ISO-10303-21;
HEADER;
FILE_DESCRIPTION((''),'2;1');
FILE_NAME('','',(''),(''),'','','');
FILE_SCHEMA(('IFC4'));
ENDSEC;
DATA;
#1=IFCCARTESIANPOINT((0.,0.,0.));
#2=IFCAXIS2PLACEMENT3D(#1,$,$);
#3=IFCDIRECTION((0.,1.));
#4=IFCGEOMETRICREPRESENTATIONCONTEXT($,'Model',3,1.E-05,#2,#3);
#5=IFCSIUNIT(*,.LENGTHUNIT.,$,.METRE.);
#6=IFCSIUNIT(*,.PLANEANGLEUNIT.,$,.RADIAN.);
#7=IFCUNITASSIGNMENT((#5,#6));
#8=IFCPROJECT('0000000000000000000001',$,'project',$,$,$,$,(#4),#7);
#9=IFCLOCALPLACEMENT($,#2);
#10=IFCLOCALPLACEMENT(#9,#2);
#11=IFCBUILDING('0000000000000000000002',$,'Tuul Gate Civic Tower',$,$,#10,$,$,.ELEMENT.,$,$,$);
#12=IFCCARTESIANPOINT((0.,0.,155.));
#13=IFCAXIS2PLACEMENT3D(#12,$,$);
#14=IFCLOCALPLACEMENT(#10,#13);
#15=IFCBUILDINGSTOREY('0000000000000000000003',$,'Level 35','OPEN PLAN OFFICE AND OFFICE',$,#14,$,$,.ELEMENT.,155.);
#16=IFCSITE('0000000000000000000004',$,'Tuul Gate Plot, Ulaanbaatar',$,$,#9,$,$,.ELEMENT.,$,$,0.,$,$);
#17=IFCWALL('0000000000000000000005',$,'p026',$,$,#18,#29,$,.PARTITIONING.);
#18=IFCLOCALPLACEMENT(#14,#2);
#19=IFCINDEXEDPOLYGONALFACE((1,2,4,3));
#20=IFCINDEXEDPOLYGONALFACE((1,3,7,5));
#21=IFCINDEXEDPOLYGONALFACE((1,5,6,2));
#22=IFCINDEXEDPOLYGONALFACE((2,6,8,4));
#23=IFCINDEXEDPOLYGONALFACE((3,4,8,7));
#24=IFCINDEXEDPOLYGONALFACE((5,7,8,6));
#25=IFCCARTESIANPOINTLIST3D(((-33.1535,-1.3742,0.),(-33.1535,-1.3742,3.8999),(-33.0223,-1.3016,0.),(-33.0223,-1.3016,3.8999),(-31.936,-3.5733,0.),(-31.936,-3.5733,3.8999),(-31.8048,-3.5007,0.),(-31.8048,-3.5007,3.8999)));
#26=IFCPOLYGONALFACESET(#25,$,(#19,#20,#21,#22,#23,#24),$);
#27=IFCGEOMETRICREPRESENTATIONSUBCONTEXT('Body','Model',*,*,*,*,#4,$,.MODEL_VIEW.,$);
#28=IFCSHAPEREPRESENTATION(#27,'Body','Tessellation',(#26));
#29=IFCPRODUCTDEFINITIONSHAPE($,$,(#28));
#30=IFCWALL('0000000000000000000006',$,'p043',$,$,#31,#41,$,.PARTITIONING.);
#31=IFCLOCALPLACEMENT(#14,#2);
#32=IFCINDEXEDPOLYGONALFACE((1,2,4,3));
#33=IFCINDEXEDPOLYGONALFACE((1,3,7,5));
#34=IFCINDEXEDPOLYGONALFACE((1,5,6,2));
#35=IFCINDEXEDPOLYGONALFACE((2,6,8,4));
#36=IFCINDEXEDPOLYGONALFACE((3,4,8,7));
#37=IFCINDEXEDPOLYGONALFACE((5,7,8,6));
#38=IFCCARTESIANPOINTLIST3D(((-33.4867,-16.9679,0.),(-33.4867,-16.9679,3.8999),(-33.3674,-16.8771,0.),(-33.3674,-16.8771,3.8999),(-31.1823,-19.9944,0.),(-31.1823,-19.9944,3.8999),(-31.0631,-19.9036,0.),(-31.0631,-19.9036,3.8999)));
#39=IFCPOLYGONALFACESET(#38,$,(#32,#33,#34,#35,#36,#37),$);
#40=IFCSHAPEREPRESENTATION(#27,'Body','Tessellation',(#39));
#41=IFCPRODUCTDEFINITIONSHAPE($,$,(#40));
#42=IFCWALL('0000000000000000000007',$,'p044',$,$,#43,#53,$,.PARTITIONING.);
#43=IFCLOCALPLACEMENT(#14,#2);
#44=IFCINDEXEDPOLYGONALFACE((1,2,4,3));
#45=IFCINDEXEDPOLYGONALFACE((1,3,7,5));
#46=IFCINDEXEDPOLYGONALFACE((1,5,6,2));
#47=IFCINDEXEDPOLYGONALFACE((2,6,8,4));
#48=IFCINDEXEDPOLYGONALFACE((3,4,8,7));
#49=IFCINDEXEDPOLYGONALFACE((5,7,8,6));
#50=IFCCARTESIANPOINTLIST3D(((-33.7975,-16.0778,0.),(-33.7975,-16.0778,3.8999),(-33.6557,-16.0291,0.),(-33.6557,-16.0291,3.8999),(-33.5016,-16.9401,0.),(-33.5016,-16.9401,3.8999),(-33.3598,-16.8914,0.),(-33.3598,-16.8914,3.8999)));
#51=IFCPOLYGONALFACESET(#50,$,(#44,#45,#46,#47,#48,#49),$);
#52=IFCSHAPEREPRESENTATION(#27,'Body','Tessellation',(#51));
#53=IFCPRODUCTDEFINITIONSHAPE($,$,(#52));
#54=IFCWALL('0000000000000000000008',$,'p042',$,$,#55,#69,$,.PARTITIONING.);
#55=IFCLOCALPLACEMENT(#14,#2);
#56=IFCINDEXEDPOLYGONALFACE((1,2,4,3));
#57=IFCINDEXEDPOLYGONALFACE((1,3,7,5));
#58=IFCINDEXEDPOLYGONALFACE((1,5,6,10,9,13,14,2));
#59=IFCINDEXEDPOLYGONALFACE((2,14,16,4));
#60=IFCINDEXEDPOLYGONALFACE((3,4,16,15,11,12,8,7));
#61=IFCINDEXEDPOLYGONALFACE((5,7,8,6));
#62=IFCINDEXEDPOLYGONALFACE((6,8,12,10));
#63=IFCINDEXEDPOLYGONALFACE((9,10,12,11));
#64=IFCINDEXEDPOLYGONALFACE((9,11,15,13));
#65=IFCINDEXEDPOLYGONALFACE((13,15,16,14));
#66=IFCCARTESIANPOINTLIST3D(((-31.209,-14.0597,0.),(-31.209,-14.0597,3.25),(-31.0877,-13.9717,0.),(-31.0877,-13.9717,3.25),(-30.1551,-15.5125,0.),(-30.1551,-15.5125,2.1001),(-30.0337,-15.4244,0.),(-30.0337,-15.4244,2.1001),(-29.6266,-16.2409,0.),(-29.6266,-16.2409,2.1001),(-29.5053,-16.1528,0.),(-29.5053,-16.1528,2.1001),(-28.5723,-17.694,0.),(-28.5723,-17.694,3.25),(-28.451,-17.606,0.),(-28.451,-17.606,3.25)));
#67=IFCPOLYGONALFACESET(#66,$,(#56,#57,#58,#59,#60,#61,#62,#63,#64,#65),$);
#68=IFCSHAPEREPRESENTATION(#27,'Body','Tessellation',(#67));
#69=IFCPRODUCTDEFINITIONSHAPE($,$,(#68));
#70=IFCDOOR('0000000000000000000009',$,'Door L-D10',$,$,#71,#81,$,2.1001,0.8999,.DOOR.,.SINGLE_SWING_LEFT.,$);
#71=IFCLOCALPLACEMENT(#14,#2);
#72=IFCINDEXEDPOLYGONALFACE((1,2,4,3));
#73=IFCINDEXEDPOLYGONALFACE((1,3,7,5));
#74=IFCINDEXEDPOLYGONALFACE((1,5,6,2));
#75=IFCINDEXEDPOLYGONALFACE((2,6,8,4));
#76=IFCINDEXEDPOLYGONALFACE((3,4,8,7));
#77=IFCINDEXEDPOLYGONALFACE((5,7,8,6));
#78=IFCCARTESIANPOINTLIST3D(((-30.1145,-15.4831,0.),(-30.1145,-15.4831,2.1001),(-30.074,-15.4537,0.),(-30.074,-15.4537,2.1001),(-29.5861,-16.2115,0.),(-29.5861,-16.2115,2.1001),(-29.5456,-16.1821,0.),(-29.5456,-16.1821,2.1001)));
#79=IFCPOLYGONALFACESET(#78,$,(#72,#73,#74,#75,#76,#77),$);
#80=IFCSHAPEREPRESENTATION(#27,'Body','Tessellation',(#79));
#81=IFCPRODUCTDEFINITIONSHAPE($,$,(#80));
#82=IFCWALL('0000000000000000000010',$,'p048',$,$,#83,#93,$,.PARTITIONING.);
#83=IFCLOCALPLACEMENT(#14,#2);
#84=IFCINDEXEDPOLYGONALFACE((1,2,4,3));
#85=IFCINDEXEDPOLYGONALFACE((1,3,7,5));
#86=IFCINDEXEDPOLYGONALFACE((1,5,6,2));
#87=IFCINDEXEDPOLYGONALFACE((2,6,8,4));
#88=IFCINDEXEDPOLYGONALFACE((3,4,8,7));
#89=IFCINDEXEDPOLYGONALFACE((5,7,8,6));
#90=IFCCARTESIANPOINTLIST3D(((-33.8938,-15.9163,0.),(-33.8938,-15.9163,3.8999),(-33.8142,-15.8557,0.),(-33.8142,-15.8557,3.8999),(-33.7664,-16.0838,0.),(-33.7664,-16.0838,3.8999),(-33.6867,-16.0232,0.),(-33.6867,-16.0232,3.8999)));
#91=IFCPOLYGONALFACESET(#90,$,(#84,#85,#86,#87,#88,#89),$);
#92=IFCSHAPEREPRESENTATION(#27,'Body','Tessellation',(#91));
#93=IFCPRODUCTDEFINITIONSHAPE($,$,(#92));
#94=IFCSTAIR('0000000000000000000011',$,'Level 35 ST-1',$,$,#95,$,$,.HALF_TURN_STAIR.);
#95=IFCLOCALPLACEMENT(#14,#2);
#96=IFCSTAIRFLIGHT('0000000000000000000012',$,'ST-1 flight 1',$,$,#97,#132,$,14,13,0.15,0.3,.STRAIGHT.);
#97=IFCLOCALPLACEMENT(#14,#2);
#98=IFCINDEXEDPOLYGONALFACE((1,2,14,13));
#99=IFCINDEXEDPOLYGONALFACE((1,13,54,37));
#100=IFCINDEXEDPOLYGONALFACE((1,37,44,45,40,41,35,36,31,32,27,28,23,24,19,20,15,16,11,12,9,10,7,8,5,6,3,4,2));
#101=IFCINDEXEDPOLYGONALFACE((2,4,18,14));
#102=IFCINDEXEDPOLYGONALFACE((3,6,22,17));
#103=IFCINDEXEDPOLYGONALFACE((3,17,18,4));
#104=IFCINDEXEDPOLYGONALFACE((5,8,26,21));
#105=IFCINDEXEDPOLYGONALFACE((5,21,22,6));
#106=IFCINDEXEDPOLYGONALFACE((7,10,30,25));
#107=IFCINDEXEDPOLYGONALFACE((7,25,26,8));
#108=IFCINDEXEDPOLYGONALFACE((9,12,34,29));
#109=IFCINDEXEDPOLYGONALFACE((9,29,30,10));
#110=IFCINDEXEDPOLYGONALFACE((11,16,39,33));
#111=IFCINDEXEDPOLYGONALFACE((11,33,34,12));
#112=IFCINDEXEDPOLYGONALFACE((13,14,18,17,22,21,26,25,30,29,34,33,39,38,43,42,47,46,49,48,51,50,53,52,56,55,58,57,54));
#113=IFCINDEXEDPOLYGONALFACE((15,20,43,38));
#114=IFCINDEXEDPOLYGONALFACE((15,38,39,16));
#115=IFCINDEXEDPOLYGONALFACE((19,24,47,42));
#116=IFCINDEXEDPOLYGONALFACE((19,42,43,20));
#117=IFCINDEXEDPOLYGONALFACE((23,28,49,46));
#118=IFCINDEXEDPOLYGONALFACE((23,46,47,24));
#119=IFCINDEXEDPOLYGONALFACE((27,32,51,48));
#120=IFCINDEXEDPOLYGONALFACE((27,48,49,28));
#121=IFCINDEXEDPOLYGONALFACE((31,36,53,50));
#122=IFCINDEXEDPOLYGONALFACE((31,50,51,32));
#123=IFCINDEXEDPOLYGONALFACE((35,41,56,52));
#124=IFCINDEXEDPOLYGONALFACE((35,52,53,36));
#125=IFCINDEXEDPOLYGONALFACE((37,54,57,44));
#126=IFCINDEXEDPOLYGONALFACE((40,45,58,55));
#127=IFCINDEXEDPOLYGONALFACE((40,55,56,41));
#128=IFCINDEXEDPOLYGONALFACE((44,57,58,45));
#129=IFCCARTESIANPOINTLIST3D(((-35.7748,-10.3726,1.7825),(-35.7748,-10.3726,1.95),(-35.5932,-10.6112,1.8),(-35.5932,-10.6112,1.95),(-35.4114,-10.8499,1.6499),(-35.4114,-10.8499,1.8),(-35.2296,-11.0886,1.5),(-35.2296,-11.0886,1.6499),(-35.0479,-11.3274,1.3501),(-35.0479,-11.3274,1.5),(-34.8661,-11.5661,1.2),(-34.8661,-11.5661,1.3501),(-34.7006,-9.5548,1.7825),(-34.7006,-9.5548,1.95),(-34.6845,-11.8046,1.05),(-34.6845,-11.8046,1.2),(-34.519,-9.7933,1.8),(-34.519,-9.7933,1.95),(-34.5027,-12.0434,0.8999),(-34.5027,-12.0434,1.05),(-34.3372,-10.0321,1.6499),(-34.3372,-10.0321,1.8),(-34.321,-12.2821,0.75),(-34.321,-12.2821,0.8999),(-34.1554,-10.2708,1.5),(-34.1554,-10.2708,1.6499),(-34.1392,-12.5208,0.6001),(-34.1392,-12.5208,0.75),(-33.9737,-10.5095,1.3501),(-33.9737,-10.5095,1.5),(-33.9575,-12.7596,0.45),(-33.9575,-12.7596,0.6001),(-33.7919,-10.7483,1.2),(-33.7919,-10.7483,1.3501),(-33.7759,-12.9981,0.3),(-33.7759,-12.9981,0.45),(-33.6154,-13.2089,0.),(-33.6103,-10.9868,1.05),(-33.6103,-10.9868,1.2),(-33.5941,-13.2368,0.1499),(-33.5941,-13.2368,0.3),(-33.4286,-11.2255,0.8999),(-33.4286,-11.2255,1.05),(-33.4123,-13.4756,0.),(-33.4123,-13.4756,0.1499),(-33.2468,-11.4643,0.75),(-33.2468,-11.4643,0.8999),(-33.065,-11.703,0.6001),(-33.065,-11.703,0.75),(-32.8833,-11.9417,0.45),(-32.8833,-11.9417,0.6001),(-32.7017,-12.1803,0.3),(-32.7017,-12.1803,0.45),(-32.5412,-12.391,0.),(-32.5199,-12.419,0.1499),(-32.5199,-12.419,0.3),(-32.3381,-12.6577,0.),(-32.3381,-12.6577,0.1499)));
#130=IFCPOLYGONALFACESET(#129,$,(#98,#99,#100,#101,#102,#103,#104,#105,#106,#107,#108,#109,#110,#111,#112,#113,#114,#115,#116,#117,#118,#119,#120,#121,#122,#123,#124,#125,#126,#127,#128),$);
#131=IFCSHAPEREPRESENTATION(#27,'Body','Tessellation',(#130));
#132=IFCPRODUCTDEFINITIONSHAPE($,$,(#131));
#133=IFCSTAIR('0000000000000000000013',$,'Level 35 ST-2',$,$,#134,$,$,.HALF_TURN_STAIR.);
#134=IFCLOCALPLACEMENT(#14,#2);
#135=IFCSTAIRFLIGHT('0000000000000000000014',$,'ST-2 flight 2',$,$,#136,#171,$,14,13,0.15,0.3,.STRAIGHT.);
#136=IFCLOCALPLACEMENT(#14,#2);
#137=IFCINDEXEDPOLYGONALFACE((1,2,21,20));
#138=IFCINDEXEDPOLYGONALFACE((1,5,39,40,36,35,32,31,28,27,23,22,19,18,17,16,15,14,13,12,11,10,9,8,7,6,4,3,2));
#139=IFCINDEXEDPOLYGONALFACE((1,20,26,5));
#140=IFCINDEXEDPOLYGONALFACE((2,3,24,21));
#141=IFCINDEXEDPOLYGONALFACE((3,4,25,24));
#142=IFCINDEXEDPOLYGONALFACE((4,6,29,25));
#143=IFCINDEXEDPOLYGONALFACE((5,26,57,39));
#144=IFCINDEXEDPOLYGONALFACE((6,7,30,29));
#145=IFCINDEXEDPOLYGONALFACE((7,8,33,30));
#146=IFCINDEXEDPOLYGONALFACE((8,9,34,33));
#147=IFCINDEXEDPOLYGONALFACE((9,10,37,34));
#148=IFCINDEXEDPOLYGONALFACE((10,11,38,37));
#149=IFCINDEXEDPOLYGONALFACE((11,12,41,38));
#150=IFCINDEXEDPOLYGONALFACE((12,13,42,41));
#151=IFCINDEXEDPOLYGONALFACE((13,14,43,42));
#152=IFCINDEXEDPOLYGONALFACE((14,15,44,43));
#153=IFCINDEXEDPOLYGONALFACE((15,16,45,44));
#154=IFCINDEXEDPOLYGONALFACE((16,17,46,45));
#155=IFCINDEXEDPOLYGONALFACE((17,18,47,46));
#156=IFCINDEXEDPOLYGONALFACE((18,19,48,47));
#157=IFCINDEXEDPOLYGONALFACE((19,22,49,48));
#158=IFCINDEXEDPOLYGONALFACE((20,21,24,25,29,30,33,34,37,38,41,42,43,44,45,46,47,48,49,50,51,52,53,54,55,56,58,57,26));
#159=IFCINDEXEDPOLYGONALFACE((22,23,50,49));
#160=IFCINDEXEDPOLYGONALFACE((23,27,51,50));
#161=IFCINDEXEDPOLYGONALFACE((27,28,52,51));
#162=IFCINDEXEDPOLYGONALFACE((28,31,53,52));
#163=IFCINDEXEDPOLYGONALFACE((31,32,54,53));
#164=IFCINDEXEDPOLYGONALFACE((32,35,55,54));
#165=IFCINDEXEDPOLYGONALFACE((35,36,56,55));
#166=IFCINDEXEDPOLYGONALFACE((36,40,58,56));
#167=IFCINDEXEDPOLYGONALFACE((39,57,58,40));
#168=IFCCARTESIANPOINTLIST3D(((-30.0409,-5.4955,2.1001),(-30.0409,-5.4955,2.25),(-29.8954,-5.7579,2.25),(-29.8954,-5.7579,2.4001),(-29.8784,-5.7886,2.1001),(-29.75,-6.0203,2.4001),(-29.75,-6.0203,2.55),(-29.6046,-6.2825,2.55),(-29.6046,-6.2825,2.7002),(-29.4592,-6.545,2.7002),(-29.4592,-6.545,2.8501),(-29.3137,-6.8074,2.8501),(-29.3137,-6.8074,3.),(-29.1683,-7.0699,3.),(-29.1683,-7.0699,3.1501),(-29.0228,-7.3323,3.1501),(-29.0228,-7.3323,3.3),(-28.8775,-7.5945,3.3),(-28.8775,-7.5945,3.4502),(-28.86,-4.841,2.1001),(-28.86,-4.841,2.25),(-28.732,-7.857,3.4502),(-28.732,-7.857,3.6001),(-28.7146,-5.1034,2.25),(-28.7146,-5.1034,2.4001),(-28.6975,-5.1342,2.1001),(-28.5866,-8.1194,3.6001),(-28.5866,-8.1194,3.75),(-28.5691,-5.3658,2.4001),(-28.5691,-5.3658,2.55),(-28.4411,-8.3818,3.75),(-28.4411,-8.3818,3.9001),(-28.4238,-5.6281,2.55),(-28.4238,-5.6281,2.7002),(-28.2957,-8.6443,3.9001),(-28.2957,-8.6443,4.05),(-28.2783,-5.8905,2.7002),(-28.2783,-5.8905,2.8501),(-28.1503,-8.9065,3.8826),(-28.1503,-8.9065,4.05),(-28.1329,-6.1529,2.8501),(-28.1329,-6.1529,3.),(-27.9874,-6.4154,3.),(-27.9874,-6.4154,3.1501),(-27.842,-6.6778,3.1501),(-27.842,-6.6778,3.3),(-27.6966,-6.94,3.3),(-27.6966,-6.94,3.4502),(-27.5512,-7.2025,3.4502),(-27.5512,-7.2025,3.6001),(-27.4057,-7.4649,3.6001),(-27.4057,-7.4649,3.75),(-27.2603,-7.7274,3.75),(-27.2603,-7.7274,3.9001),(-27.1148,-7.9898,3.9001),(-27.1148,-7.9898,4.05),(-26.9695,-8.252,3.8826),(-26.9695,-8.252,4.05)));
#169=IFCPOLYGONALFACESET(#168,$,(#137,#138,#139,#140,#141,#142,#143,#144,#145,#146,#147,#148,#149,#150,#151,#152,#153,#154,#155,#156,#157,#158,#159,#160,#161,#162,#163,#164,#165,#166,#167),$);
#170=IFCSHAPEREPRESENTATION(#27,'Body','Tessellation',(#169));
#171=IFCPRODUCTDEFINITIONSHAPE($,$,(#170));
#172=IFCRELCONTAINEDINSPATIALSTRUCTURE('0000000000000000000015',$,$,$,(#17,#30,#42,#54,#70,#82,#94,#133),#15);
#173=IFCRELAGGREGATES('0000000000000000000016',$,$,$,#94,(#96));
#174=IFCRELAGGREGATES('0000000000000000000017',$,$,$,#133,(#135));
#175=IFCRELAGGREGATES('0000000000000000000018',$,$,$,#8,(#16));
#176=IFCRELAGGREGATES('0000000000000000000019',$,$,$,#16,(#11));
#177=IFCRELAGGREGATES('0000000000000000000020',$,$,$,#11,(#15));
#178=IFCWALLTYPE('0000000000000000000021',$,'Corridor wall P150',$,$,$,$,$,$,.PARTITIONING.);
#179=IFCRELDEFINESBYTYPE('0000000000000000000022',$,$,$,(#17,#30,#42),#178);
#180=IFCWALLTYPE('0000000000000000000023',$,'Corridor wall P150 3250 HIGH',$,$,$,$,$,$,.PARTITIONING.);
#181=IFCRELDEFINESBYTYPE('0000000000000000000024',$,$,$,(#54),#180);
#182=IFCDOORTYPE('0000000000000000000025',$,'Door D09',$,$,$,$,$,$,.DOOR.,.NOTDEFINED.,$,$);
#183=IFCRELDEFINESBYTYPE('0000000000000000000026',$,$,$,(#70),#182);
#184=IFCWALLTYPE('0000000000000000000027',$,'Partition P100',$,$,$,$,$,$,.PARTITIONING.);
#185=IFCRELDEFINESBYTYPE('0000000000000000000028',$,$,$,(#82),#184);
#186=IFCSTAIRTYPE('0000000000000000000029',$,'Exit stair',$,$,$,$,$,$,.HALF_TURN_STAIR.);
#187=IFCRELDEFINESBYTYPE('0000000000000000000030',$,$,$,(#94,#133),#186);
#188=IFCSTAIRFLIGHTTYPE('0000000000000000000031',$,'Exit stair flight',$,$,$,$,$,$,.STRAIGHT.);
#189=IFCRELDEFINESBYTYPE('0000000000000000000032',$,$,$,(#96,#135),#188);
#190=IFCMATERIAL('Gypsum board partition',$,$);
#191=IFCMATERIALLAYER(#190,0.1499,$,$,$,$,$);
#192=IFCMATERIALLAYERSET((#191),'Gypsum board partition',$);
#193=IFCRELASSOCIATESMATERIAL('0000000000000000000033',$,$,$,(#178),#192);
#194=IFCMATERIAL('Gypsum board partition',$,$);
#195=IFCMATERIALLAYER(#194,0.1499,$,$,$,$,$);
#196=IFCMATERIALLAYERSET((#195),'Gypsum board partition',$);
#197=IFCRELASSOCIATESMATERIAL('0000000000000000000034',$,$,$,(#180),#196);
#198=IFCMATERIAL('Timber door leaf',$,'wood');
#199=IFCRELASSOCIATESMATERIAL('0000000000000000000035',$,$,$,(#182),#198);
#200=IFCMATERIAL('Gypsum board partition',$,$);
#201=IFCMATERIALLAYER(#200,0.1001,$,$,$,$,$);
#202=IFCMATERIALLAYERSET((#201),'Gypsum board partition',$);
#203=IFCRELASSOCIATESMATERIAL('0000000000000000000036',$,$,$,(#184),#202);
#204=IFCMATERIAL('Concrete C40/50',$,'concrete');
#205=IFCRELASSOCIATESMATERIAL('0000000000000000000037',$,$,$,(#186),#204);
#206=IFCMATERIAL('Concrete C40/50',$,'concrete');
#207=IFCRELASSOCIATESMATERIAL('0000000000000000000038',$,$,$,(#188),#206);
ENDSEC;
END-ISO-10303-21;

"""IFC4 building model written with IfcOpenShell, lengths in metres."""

from ifc_helpers import new_model, si_unit, direction, frame, frame_2d, origin, place, context, subcontext, project, spatial, polyline, rectangle, outline, extrude, material, layer, layer_set, type_object, element, fill, aggregate, save


model = new_model("IFC4")

# Units and contexts
model_context = context("Model", 3, precision=1e-05, world=origin(), true_north=direction((0.0, 1.0)))
body_context = subcontext(model_context, "Body", "Model", "MODEL_VIEW")
ifc_project = project(units=[si_unit("LENGTHUNIT", "METRE"), si_unit("PLANEANGLEUNIT", "RADIAN")], contexts=[model_context])

# Site, building, storey
site_placement = place(None, origin())
site = spatial("IfcSite", under=ifc_project, at=site_placement, Name="Tuul Gate Plot, Ulaanbaatar", CompositionType="ELEMENT", RefElevation=0.0)
building_placement = place(site_placement, origin())
building = spatial("IfcBuilding", under=site, at=building_placement, Name="Tuul Gate Civic Tower", CompositionType="ELEMENT")
storey_placement = place(building_placement, frame((0.0, 0.0, 155.0)))
storey = spatial("IfcBuildingStorey", under=building, at=storey_placement, Name="Level 35", Description="OPEN PLAN OFFICE AND OFFICE", CompositionType="ELEMENT", Elevation=155.0)

# Walls
ifc_material_1 = material(Name="Gypsum board partition")
ifc_layer_1 = layer(ifc_material_1, 0.1499)
ifc_layer_set_1 = layer_set([ifc_layer_1], Name="Gypsum board partition")
wall_type_1 = type_object("IfcWallType", Name="Corridor wall P150", PredefinedType="PARTITIONING", material=ifc_layer_set_1)
wall_1_placement = place(storey_placement, frame((-33.0879, -1.3379, 0.0), z_axis=(0.0, 0.0, 1.0), x_axis=(0.484348, -0.874876, 0.0)))
element("IfcWall", 1, at=wall_1_placement, inside=storey, type_object=wall_type_1, Name="p026", PredefinedType="PARTITIONING", context=body_context, shape_type="SweptSolid", body=[
    extrude(rectangle(XDim=2.5137, YDim=0.1499, at=frame_2d((1.2568, 0.0))), origin(), (0.0, 0.0, 1.0), 3.8999),
])
wall_2_placement = place(storey_placement, frame((-33.427, -16.9226, 0.0), z_axis=(0.0, 0.0, 1.0), x_axis=(0.605786, -0.795628, 0.0)))
element("IfcWall", 2, at=wall_2_placement, inside=storey, type_object=wall_type_1, Name="p043", PredefinedType="PARTITIONING", context=body_context, shape_type="SweptSolid", body=[
    extrude(rectangle(XDim=3.804, YDim=0.1499, at=frame_2d((1.9019, 0.0))), origin(), (0.0, 0.0, 1.0), 3.8999),
])
wall_3_placement = place(storey_placement, frame((-33.7266, -16.0535, 0.0), z_axis=(0.0, 0.0, 1.0), x_axis=(0.324571, -0.945861, 0.0)))
element("IfcWall", 3, at=wall_3_placement, inside=storey, type_object=wall_type_1, Name="p044", PredefinedType="PARTITIONING", context=body_context, shape_type="SweptSolid", body=[
    extrude(rectangle(XDim=0.9116, YDim=0.1499, at=frame_2d((0.4558, 0.0))), origin(), (0.0, 0.0, 1.0), 3.8999),
])

# Wall, opening, door
ifc_material_2 = material(Name="Gypsum board partition")
ifc_layer_2 = layer(ifc_material_2, 0.1499)
ifc_layer_set_2 = layer_set([ifc_layer_2], Name="Gypsum board partition")
wall_type_2 = type_object("IfcWallType", Name="Corridor wall P150 3250 HIGH", PredefinedType="PARTITIONING", material=ifc_layer_set_2)
wall_4_placement = place(storey_placement, frame((-31.1484, -14.0156, 0.0), z_axis=(0.0, 0.0, 1.0), x_axis=(0.58724, -0.809413, 0.0)))
wall_4 = element("IfcWall", 4, at=wall_4_placement, inside=storey, type_object=wall_type_2, Name="p042", PredefinedType="PARTITIONING", context=body_context, shape_type="SweptSolid", body=[
    extrude(rectangle(XDim=4.49, YDim=0.1499, at=frame_2d((2.2451, 0.0))), origin(), (0.0, 0.0, 1.0), 3.25),
])
opening_1_placement = place(wall_4_placement, frame((1.7949, 0.0, 0.0)))
opening_1 = element("IfcOpeningElement", 5, at=opening_1_placement, cuts=wall_4, PredefinedType="OPENING", context=body_context, shape_type="SweptSolid", body=[
    extrude(rectangle(XDim=0.8999, YDim=2.1001, at=frame_2d((0.45, 1.05))), frame((0.0, 0.085, 0.0), z_axis=(0.0, -1.0, 0.0), x_axis=(1.0, 0.0, 0.0)), (0.0, 0.0, 1.0), 0.1699),
])
ifc_material_3 = material(Name="Timber door leaf", Category="wood")
door_type_1 = type_object("IfcDoorType", Name="Door D09", OperationType="NOTDEFINED", PredefinedType="DOOR", material=ifc_material_3)
door_1_placement = place(opening_1_placement, frame((0.8999, 0.0, 0.0), z_axis=(0.0, 0.0, 1.0), x_axis=(-1.0, 0.0, 0.0)))
door_1 = element("IfcDoor", 6, at=door_1_placement, inside=storey, type_object=door_type_1, Name="Door L-D10", OperationType="SINGLE_SWING_LEFT", OverallHeight=2.1001, OverallWidth=0.8999, PredefinedType="DOOR", context=body_context, shape_type="SweptSolid", body=[
    extrude(rectangle(XDim=0.8999, YDim=2.1001, at=frame_2d((0.45, 1.05))), frame((0.0, 0.0249, 0.0), z_axis=(0.0, -1.0, 0.0), x_axis=(1.0, 0.0, 0.0)), (0.0, 0.0, 1.0), 0.05),
])
fill(opening_1, door_1)

# Wall
ifc_material_4 = material(Name="Gypsum board partition")
ifc_layer_3 = layer(ifc_material_4, 0.1001)
ifc_layer_set_3 = layer_set([ifc_layer_3], Name="Gypsum board partition")
wall_type_3 = type_object("IfcWallType", Name="Partition P100", PredefinedType="PARTITIONING", material=ifc_layer_set_3)
wall_5_placement = place(storey_placement, frame((-33.7266, -16.0535, 0.0), z_axis=(0.0, 0.0, 1.0), x_axis=(-0.605554, 0.795804, 0.0)))
element("IfcWall", 7, at=wall_5_placement, inside=storey, type_object=wall_type_3, Name="p048", PredefinedType="PARTITIONING", context=body_context, shape_type="SweptSolid", body=[
    extrude(rectangle(XDim=0.2104, YDim=0.1001, at=frame_2d((0.1052, 0.0))), origin(), (0.0, 0.0, 1.0), 3.8999),
])

# Stairs, stair flights
ifc_material_5 = material(Name="Concrete C40/50", Category="concrete")
stair_type = type_object("IfcStairType", Name="Exit stair", PredefinedType="HALF_TURN_STAIR", material=ifc_material_5)
stair_1_placement = place(storey_placement, origin())
stair_1 = element("IfcStair", 8, at=stair_1_placement, inside=storey, type_object=stair_type, Name="Level 35 ST-1", PredefinedType="HALF_TURN_STAIR")
ifc_material_6 = material(Name="Concrete C40/50", Category="concrete")
stair_flight_type = type_object("IfcStairFlightType", Name="Exit stair flight", PredefinedType="STRAIGHT", material=ifc_material_6)
stair_flight_1_placement = place(storey_placement, frame((-32.8752, -13.0667, 0.0), z_axis=(0.0, 0.0, 1.0), x_axis=(-0.605764, 0.795644, 0.0)))
stair_flight_1 = element("IfcStairFlight", 9, at=stair_flight_1_placement, type_object=stair_flight_type, Name="ST-1 flight 1", NumberOfRisers=14, NumberOfTreads=13, PredefinedType="STRAIGHT", RiserHeight=0.15, TreadLength=0.3, context=body_context, shape_type="SweptSolid", body=[
    extrude(outline(polyline([(0.0, 0.0), (0.0, 0.1499), (0.3, 0.1499), (0.3, 0.3), (0.6001, 0.3), (0.6001, 0.45), (0.8999, 0.45), (0.8999, 0.6001), (1.2, 0.6001), (1.2, 0.75), (1.5, 0.75), (1.5, 0.8999), (1.8, 0.8999), (1.8, 1.05), (2.1001, 1.05), (2.1001, 1.2), (2.3999, 1.2), (2.3999, 1.3501), (2.7, 1.3501), (2.7, 1.5), (3.0, 1.5), (3.0, 1.6499), (3.3, 1.6499), (3.3, 1.8), (3.6001, 1.8), (3.6001, 1.95), (3.8999, 1.95), (3.8999, 2.1001), (3.8999, 1.7825), (0.3352, 0.0), (0.0, 0.0)])), frame((0.0, 0.675, 0.0), z_axis=(0.0, -1.0, 0.0), x_axis=(1.0, 0.0, 0.0)), (0.0, 0.0, 1.0), 1.3501),
])
aggregate(stair_1, [stair_flight_1])
stair_2_placement = place(storey_placement, origin())
stair_2 = element("IfcStair", 10, at=stair_2_placement, inside=storey, type_object=stair_type, Name="Level 35 ST-2", PredefinedType="HALF_TURN_STAIR")
stair_flight_2_placement = place(storey_placement, frame((-29.4504, -5.1682, 2.1001), z_axis=(0.0, 0.0, 1.0), x_axis=(0.484762, -0.874646, 0.0)))
stair_flight_2 = element("IfcStairFlight", 11, at=stair_flight_2_placement, type_object=stair_flight_type, Name="ST-2 flight 2", NumberOfRisers=14, NumberOfTreads=13, PredefinedType="STRAIGHT", RiserHeight=0.15, TreadLength=0.3, context=body_context, shape_type="SweptSolid", body=[
    extrude(outline(polyline([(0.0, 0.0), (0.0, 0.1499), (0.3, 0.1499), (0.3, 0.3), (0.6001, 0.3), (0.6001, 0.45), (0.8999, 0.45), (0.8999, 0.6001), (1.2, 0.6001), (1.2, 0.75), (1.5, 0.75), (1.5, 0.8999), (1.8, 0.8999), (1.8, 1.05), (2.1001, 1.05), (2.1001, 1.2), (2.3999, 1.2), (2.3999, 1.3501), (2.7, 1.3501), (2.7, 1.5), (3.0, 1.5), (3.0, 1.6499), (3.3, 1.6499), (3.3, 1.8), (3.6001, 1.8), (3.6001, 1.95), (3.8999, 1.95), (3.8999, 2.1001), (3.8999, 1.7825), (0.3352, 0.0), (0.0, 0.0)])), frame((0.0, 0.675, 0.0), z_axis=(0.0, -1.0, 0.0), x_axis=(1.0, 0.0, 0.0)), (0.0, 0.0, 1.0), 1.3501),
])
aggregate(stair_2, [stair_flight_2])

save(model, "model.ifc")
